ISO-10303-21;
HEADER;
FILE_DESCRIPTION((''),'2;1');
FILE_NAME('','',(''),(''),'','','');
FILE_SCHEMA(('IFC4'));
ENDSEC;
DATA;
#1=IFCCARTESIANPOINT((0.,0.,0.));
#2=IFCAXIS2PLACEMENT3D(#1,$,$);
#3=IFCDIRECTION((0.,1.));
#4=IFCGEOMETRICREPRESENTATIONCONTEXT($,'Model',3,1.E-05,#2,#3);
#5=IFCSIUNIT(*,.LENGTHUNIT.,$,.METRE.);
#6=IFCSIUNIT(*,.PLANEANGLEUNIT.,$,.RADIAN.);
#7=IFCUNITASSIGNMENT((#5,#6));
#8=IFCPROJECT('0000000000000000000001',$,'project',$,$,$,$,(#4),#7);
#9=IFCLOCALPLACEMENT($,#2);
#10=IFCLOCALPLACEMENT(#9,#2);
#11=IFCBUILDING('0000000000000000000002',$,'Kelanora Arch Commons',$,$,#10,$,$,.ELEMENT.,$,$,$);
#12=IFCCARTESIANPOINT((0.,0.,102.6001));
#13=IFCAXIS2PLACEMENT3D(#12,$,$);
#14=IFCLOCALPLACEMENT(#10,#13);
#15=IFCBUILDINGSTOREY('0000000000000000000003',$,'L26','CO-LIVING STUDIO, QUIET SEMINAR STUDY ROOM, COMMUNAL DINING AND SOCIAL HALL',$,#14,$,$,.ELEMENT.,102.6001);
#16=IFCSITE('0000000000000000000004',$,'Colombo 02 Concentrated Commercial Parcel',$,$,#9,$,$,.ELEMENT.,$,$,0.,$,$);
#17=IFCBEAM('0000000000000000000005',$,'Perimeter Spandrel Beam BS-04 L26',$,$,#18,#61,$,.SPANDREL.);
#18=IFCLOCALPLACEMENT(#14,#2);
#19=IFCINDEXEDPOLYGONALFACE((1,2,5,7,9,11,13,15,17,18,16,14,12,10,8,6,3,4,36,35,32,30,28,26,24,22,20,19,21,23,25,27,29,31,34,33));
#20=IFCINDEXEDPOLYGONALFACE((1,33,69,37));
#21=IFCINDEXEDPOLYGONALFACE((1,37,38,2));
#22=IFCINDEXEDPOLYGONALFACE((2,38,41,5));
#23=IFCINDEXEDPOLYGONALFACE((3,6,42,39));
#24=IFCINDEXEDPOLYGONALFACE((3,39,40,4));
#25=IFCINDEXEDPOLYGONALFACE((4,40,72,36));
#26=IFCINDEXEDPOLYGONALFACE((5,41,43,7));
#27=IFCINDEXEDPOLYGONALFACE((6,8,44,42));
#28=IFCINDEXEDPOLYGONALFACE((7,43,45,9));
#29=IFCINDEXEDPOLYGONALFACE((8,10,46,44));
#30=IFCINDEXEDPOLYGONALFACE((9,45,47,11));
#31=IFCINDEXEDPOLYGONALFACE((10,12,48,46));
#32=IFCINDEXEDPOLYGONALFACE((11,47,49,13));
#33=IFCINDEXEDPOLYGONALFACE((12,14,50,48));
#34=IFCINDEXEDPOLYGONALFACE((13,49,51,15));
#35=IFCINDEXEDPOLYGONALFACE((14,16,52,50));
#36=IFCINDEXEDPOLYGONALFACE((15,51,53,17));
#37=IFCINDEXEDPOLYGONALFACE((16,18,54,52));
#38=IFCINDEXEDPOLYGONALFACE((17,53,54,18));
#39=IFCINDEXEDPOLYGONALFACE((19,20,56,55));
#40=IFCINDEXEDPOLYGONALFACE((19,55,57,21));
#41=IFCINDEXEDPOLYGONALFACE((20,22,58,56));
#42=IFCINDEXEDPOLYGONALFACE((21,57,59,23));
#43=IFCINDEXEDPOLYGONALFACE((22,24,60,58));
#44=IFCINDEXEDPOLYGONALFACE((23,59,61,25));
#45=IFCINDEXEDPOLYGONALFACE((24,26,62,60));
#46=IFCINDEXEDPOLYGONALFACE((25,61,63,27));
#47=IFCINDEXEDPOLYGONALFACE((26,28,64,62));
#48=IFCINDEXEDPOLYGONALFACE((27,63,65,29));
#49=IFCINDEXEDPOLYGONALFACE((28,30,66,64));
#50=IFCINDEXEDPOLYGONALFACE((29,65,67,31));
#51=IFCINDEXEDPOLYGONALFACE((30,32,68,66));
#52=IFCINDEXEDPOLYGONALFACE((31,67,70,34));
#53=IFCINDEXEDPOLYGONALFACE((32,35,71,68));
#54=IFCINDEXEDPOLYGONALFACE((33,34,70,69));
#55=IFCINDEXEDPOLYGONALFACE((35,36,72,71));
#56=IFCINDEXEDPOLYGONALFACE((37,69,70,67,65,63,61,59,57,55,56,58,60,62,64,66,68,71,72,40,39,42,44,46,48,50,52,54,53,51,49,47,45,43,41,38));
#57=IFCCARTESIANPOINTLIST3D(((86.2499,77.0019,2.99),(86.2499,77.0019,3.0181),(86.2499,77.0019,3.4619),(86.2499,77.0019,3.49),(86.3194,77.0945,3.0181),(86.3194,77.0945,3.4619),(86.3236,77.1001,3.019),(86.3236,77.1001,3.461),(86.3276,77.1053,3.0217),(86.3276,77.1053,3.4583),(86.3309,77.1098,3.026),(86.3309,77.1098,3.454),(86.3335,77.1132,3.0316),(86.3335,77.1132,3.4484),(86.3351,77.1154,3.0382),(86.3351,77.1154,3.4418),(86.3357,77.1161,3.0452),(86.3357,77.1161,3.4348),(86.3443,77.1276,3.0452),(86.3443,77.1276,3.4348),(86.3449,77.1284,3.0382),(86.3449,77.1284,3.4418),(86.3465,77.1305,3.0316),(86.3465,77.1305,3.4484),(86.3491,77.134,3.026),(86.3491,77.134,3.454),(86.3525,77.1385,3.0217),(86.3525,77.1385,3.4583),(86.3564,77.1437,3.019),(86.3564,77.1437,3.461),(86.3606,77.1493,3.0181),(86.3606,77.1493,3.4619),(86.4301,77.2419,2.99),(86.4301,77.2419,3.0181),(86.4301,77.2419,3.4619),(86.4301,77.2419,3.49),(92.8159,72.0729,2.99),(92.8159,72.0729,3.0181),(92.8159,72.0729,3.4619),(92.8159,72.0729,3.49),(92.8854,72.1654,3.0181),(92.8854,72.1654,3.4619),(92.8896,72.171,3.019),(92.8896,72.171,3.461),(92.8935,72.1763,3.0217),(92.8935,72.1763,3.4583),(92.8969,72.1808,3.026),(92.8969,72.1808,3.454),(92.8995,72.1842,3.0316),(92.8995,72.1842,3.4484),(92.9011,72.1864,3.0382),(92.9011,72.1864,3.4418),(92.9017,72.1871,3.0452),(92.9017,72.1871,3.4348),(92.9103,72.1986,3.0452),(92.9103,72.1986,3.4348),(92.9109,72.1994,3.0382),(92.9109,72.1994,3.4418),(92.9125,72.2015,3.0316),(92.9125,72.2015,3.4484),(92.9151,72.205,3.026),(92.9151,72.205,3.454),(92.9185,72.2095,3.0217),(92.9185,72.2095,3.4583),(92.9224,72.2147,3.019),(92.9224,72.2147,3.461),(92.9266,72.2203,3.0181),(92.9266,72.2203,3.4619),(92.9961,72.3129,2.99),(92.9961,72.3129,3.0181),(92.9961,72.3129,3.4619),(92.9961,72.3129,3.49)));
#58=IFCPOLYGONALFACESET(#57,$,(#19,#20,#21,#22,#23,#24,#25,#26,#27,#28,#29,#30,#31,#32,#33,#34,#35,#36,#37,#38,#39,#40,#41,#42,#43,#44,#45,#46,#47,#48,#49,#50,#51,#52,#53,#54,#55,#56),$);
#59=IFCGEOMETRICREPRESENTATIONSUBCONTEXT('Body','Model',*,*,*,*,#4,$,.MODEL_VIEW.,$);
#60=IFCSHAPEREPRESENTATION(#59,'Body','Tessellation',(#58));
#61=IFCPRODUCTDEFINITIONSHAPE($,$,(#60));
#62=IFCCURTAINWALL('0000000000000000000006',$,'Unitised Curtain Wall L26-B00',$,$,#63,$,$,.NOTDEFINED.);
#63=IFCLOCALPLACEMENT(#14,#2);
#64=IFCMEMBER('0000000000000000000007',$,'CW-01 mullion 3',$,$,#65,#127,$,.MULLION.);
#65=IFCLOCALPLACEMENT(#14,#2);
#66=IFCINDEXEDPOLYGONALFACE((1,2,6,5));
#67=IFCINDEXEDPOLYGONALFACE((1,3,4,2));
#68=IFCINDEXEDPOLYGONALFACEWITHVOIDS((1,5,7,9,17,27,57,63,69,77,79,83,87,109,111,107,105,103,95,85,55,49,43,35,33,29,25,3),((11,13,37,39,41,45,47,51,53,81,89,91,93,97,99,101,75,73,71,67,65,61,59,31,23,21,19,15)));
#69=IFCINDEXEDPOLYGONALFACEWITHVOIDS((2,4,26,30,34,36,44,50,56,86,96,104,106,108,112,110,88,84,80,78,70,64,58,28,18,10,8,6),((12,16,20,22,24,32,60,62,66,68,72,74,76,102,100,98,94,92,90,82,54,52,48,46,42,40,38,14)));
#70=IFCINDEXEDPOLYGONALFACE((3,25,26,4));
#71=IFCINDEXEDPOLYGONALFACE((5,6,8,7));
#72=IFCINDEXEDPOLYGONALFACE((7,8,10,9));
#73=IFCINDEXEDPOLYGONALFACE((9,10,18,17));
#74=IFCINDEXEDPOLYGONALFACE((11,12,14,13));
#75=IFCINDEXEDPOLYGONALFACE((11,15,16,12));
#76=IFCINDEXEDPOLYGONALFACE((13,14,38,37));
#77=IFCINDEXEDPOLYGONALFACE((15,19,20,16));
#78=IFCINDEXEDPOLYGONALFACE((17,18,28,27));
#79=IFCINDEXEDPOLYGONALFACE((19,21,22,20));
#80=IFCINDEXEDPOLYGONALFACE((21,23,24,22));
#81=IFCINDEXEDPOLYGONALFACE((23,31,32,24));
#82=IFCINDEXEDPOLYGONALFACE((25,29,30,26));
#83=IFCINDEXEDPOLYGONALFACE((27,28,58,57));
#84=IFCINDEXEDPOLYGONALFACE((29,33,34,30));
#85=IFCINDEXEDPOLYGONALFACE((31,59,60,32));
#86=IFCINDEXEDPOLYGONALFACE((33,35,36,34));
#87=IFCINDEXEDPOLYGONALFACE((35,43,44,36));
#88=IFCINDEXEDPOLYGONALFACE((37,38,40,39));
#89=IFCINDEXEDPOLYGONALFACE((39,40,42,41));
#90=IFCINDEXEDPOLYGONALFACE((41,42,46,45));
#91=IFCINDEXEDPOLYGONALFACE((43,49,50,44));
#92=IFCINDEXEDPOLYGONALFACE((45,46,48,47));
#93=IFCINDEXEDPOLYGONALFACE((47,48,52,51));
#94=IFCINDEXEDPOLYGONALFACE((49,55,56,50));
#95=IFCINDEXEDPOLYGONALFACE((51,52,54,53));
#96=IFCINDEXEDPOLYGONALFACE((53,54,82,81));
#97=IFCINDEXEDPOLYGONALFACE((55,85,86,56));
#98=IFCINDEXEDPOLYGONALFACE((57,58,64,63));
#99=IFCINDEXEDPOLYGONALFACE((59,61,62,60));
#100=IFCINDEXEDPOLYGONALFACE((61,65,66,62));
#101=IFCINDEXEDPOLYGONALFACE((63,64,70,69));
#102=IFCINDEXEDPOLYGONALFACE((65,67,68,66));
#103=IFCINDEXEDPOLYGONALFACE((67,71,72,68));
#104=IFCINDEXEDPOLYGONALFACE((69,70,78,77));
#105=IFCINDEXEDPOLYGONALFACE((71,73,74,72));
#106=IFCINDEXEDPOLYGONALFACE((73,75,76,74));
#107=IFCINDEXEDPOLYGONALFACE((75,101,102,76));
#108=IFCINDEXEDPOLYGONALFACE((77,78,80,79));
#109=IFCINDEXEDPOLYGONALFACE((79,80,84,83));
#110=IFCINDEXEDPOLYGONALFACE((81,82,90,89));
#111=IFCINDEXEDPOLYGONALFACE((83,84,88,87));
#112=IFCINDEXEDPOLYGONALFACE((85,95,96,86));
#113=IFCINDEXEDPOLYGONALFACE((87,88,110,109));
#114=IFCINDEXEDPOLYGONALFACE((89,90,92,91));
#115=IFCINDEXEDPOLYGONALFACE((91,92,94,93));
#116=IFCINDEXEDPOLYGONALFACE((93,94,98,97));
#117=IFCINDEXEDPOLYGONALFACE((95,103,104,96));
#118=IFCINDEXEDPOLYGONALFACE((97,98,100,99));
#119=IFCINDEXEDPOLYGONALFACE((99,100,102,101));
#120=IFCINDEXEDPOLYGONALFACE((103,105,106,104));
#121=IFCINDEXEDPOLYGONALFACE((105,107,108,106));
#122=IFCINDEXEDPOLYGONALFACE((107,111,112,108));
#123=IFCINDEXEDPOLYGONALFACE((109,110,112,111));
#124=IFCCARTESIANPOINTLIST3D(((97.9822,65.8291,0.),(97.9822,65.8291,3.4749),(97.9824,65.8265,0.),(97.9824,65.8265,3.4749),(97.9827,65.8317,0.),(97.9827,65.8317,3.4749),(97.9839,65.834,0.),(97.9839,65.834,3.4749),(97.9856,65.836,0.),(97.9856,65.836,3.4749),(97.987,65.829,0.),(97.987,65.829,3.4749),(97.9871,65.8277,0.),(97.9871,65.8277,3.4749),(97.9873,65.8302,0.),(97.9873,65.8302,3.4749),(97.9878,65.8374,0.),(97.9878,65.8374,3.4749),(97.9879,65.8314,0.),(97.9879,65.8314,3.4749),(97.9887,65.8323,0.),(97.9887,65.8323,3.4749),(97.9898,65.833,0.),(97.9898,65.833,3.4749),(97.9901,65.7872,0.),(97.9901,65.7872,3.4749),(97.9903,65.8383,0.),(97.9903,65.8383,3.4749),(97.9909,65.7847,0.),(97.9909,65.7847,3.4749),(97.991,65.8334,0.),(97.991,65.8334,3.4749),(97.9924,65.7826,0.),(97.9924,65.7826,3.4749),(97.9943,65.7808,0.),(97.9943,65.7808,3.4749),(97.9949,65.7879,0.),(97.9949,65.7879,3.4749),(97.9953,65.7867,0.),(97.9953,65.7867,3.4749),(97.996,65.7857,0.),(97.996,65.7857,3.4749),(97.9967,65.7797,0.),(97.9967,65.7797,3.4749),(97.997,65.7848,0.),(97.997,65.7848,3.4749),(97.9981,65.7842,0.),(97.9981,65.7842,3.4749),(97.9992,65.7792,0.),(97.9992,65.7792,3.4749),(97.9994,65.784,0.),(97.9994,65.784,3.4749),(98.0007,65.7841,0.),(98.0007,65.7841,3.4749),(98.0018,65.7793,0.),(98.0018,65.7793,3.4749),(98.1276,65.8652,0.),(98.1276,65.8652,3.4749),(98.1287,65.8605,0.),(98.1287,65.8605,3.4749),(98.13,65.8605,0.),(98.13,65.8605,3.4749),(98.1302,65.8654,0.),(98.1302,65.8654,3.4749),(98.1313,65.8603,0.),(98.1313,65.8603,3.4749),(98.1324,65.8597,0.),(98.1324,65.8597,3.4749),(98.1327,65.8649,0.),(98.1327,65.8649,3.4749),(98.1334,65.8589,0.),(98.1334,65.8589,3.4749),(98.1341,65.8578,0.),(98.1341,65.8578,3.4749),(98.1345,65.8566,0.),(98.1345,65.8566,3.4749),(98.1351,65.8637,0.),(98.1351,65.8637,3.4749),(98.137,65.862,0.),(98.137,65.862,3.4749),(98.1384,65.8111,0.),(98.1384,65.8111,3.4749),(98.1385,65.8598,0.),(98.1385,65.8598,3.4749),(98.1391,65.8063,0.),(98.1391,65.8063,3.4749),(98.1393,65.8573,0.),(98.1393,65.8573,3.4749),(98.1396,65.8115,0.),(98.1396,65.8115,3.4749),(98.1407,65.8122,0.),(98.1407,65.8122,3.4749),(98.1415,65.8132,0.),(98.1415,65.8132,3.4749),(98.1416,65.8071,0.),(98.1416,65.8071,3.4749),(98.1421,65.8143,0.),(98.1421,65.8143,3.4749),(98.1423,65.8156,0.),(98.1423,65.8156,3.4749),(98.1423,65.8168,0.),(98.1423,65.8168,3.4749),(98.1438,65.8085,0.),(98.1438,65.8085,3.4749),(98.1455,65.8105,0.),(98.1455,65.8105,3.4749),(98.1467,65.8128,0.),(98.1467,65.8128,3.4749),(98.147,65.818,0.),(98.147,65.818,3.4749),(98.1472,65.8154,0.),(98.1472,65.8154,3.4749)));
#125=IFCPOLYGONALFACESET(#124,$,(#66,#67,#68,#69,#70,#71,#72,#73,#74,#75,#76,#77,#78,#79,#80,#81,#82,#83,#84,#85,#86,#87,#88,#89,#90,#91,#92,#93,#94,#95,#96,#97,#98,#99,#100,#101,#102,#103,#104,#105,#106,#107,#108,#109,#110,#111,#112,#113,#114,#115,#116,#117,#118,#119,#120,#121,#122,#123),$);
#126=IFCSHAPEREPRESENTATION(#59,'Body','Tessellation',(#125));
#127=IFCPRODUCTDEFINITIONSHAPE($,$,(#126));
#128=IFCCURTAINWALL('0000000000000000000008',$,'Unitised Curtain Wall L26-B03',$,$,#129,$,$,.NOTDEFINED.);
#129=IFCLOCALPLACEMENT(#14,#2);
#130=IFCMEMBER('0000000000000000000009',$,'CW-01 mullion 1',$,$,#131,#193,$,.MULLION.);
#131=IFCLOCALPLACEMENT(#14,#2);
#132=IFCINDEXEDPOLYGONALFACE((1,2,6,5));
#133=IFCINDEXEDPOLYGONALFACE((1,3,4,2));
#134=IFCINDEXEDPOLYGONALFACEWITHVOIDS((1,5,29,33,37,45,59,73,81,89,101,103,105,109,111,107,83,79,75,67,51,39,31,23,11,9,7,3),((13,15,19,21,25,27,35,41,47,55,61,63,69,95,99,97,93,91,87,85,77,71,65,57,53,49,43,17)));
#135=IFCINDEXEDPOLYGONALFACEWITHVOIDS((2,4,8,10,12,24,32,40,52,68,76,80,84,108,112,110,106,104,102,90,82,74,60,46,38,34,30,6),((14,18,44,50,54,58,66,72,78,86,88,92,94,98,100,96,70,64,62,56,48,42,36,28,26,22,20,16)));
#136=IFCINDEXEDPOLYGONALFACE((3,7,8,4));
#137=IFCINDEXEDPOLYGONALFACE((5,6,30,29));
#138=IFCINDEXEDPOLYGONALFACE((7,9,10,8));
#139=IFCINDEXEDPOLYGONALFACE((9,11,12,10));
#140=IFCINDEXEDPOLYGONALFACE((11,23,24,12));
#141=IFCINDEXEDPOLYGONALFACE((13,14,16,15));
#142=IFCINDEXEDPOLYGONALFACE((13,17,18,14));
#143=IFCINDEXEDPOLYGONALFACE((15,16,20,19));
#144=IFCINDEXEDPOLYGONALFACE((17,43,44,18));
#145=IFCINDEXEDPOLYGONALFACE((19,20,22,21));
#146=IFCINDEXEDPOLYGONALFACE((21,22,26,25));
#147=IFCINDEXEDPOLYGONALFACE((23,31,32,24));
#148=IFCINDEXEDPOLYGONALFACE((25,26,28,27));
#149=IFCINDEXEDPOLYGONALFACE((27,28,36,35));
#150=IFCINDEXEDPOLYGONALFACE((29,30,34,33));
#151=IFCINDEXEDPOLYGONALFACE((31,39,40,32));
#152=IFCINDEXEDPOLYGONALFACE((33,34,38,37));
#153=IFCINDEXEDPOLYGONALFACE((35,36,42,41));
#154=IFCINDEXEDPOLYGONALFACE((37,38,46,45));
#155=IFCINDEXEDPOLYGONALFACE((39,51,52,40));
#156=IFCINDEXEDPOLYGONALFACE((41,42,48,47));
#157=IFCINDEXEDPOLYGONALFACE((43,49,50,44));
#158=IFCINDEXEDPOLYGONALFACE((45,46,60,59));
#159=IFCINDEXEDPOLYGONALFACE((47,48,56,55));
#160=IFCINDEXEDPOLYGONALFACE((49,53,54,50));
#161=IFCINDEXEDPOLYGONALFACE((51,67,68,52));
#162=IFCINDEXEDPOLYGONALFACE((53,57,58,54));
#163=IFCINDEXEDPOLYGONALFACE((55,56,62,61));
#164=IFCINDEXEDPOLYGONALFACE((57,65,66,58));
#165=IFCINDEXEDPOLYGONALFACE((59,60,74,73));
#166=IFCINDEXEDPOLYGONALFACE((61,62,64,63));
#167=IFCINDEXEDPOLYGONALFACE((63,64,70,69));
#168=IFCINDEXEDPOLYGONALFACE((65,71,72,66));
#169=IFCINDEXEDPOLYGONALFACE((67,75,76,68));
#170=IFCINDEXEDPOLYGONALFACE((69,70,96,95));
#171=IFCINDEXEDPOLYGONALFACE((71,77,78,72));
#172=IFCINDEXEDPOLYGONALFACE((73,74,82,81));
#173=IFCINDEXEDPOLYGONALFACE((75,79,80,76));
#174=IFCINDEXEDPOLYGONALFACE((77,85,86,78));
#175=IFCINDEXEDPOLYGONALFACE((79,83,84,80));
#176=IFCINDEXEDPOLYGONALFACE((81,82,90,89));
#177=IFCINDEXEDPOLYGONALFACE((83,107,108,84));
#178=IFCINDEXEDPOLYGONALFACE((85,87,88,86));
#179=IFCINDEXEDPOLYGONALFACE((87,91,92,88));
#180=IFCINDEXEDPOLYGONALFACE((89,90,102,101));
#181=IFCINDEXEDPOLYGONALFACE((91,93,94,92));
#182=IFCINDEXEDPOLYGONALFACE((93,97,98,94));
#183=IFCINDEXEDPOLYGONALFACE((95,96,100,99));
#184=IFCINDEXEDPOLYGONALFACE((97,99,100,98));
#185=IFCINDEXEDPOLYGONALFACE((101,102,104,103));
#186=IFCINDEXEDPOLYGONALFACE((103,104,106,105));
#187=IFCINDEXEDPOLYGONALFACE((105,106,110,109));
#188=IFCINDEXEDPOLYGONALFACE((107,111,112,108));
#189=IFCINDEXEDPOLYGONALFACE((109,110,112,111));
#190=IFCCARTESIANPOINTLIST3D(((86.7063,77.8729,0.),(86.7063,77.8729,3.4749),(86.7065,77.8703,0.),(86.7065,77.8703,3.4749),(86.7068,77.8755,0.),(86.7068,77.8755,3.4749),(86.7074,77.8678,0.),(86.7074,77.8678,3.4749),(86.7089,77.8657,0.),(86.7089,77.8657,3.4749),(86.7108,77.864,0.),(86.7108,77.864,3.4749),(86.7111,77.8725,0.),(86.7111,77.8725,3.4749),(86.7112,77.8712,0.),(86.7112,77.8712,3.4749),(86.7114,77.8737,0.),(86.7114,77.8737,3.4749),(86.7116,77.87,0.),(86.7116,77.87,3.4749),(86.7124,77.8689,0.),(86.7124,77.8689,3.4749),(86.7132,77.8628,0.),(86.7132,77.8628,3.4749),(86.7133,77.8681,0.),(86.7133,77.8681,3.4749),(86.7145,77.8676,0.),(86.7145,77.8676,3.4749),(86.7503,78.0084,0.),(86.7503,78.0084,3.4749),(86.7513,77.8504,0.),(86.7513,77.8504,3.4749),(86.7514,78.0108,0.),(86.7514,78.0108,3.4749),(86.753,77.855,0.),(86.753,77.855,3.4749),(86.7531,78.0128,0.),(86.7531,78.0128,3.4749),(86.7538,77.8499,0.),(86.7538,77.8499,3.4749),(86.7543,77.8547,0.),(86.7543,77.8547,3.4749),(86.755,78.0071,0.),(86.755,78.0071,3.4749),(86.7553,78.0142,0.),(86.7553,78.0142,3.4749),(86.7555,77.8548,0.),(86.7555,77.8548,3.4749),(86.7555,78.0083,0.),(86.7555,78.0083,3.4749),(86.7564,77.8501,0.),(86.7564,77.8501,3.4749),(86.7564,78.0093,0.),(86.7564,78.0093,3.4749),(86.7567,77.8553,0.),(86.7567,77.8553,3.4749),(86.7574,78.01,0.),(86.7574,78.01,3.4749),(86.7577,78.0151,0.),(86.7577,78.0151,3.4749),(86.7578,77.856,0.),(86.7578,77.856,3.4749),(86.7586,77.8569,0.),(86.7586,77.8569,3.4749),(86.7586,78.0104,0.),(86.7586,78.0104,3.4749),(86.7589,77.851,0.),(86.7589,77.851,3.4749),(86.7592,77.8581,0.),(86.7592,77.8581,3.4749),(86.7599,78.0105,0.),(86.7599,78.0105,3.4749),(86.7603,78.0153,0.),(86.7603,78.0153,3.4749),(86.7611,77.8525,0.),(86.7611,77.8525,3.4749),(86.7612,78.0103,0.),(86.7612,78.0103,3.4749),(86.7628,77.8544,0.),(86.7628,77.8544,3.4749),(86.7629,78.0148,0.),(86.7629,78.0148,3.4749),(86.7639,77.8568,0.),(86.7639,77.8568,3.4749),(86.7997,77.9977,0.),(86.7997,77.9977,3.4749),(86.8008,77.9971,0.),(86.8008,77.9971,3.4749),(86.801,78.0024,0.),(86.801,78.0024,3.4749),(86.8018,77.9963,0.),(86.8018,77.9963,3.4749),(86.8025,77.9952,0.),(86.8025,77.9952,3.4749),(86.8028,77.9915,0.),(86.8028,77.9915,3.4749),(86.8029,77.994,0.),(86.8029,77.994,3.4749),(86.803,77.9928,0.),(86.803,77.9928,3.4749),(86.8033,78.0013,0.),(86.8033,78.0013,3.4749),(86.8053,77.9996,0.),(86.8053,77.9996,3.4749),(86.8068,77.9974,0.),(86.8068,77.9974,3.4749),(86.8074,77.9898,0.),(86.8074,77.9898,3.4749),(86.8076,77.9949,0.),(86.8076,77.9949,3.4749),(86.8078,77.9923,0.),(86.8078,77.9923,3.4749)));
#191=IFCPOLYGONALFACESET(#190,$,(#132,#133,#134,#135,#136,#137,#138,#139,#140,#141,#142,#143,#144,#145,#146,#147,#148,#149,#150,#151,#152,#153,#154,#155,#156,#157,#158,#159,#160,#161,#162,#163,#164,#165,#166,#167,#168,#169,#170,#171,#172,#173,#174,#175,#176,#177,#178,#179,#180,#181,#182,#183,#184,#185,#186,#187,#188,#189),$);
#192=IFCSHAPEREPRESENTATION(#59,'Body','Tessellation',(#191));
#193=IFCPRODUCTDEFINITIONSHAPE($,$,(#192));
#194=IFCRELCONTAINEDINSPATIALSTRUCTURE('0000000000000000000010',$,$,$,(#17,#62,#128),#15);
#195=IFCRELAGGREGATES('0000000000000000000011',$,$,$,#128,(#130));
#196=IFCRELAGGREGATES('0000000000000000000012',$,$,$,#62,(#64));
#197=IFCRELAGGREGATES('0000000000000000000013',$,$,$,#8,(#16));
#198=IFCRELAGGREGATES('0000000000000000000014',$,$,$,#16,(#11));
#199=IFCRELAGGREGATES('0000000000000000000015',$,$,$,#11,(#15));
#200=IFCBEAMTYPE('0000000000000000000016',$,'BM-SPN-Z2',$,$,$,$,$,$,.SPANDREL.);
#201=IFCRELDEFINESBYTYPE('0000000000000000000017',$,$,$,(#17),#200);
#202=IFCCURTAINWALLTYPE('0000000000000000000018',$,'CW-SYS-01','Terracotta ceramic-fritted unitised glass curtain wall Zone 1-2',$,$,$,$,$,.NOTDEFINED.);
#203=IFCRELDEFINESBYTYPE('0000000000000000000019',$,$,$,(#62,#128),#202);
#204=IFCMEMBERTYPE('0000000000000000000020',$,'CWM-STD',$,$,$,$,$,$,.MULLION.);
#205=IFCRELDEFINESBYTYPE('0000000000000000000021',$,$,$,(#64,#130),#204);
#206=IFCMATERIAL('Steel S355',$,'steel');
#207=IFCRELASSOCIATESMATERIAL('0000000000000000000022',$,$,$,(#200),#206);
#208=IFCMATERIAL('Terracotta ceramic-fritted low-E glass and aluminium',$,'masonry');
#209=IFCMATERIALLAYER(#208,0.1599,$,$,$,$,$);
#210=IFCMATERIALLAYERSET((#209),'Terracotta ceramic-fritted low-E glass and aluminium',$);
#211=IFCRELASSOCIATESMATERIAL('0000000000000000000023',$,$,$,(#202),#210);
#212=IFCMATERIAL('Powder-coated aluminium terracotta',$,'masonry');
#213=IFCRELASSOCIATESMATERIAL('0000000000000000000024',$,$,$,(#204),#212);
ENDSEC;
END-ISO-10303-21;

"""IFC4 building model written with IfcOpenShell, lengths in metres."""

from ifc_helpers import new_model, si_unit, direction, frame, origin, origin_2d, place, context, subcontext, project, spatial, hollow_rectangle, i_section, extrude, material, layer, layer_set, material_profile, profile_set, type_object, element, aggregate, save


model = new_model("IFC4")

# Units and contexts
model_context = context("Model", 3, precision=1e-05, world=origin(), true_north=direction((0.0, 1.0)))
body_context = subcontext(model_context, "Body", "Model", "MODEL_VIEW")
ifc_project = project(units=[si_unit("LENGTHUNIT", "METRE"), si_unit("PLANEANGLEUNIT", "RADIAN")], contexts=[model_context])

# Site, building, storey
site_placement = place(None, origin())
site = spatial("IfcSite", under=ifc_project, at=site_placement, Name="Colombo 02 Concentrated Commercial Parcel", CompositionType="ELEMENT", RefElevation=0.0)
building_placement = place(site_placement, origin())
building = spatial("IfcBuilding", under=site, at=building_placement, Name="Kelanora Arch Commons", CompositionType="ELEMENT")
storey_placement = place(building_placement, frame((0.0, 0.0, 102.6001)))
storey = spatial("IfcBuildingStorey", under=building, at=storey_placement, Name="L26", Description="CO-LIVING STUDIO, QUIET SEMINAR STUDY ROOM, COMMUNAL DINING AND SOCIAL HALL", CompositionType="ELEMENT", Elevation=102.6001)

# Beam
ifc_material_1 = material(Name="Steel S355", Category="steel")
ifc_material_profile_1 = material_profile(ifc_material_1, i_section(OverallWidth=0.3, OverallDepth=0.5, WebThickness=0.0144, FlangeThickness=0.0281, FilletRadius=0.0271, at=origin_2d()), Name="HEB500")
ifc_profile_set_1 = profile_set([ifc_material_profile_1], Name="Steel S355")
beam_type_1 = type_object("IfcBeamType", Name="BM-SPN-Z2", PredefinedType="SPANDREL", material=ifc_profile_set_1)
beam_1_placement = place(storey_placement, frame((92.906, 72.1929, 3.24), z_axis=(-0.799736, 0.600352, 0.0), x_axis=(-0.600352, -0.799736, 0.0)))
element("IfcBeam", 1, at=beam_1_placement, inside=storey, type_object=beam_type_1, Name="Perimeter Spandrel Beam BS-04 L26", PredefinedType="SPANDREL", context=body_context, shape_type="SweptSolid", body=[
    extrude(i_section(OverallWidth=0.3, OverallDepth=0.5, WebThickness=0.0144, FlangeThickness=0.0281, FilletRadius=0.0271, at=origin_2d()), origin(), (0.0, 0.0, 1.0), 8.2102),
])

# Curtain walls, members
ifc_material_2 = material(Name="Terracotta ceramic-fritted low-E glass and aluminium", Category="masonry")
ifc_layer_1 = layer(ifc_material_2, 0.1599)
ifc_layer_set_1 = layer_set([ifc_layer_1], Name="Terracotta ceramic-fritted low-E glass and aluminium")
curtain_wall_type = type_object("IfcCurtainWallType", Name="CW-SYS-01", Description="Terracotta ceramic-fritted unitised glass curtain wall Zone 1-2", PredefinedType="NOTDEFINED", material=ifc_layer_set_1)
curtain_wall_1_placement = place(storey_placement, origin())
curtain_wall_1 = element("IfcCurtainWall", 2, at=curtain_wall_1_placement, inside=storey, type_object=curtain_wall_type, Name="Unitised Curtain Wall L26-B00", PredefinedType="NOTDEFINED")
ifc_material_3 = material(Name="Powder-coated aluminium terracotta", Category="masonry")
ifc_material_profile_2 = material_profile(ifc_material_3, hollow_rectangle(XDim=0.1599, YDim=0.0601, WallThickness=0.0049, InnerFilletRadius=0.0049, OuterFilletRadius=0.01, at=origin_2d()), Name="CWM160x60")
ifc_profile_set_2 = profile_set([ifc_material_profile_2], Name="Powder-coated aluminium terracotta")
member_type = type_object("IfcMemberType", Name="CWM-STD", PredefinedType="MULLION", material=ifc_profile_set_2)
member_1_placement = place(storey_placement, frame((98.0647, 65.8223, 0.0), z_axis=(0.0, 0.0, 1.0), x_axis=(-0.98128, -0.192585, 0.0)))
member_1 = element("IfcMember", 3, at=member_1_placement, type_object=member_type, Name="CW-01 mullion 3", PredefinedType="MULLION", context=body_context, shape_type="SweptSolid", body=[
    extrude(hollow_rectangle(XDim=0.1599, YDim=0.0601, WallThickness=0.0049, InnerFilletRadius=0.0049, OuterFilletRadius=0.01, at=origin_2d()), origin(), (0.0, 0.0, 1.0), 3.4749),
])
curtain_wall_2_placement = place(storey_placement, origin())
curtain_wall_2 = element("IfcCurtainWall", 4, at=curtain_wall_2_placement, inside=storey, type_object=curtain_wall_type, Name="Unitised Curtain Wall L26-B03", PredefinedType="NOTDEFINED")
member_2_placement = place(storey_placement, frame((86.7571, 77.9326, 0.0), z_axis=(0.0, 0.0, 1.0), x_axis=(-0.310805, -0.950474, 0.0)))
member_2 = element("IfcMember", 5, at=member_2_placement, type_object=member_type, Name="CW-01 mullion 1", PredefinedType="MULLION", context=body_context, shape_type="SweptSolid", body=[
    extrude(hollow_rectangle(XDim=0.1599, YDim=0.0601, WallThickness=0.0049, InnerFilletRadius=0.0049, OuterFilletRadius=0.01, at=origin_2d()), origin(), (0.0, 0.0, 1.0), 3.4749),
])
aggregate(curtain_wall_2, [member_2])

aggregate(curtain_wall_1, [member_1])

save(model, "model.ifc")
